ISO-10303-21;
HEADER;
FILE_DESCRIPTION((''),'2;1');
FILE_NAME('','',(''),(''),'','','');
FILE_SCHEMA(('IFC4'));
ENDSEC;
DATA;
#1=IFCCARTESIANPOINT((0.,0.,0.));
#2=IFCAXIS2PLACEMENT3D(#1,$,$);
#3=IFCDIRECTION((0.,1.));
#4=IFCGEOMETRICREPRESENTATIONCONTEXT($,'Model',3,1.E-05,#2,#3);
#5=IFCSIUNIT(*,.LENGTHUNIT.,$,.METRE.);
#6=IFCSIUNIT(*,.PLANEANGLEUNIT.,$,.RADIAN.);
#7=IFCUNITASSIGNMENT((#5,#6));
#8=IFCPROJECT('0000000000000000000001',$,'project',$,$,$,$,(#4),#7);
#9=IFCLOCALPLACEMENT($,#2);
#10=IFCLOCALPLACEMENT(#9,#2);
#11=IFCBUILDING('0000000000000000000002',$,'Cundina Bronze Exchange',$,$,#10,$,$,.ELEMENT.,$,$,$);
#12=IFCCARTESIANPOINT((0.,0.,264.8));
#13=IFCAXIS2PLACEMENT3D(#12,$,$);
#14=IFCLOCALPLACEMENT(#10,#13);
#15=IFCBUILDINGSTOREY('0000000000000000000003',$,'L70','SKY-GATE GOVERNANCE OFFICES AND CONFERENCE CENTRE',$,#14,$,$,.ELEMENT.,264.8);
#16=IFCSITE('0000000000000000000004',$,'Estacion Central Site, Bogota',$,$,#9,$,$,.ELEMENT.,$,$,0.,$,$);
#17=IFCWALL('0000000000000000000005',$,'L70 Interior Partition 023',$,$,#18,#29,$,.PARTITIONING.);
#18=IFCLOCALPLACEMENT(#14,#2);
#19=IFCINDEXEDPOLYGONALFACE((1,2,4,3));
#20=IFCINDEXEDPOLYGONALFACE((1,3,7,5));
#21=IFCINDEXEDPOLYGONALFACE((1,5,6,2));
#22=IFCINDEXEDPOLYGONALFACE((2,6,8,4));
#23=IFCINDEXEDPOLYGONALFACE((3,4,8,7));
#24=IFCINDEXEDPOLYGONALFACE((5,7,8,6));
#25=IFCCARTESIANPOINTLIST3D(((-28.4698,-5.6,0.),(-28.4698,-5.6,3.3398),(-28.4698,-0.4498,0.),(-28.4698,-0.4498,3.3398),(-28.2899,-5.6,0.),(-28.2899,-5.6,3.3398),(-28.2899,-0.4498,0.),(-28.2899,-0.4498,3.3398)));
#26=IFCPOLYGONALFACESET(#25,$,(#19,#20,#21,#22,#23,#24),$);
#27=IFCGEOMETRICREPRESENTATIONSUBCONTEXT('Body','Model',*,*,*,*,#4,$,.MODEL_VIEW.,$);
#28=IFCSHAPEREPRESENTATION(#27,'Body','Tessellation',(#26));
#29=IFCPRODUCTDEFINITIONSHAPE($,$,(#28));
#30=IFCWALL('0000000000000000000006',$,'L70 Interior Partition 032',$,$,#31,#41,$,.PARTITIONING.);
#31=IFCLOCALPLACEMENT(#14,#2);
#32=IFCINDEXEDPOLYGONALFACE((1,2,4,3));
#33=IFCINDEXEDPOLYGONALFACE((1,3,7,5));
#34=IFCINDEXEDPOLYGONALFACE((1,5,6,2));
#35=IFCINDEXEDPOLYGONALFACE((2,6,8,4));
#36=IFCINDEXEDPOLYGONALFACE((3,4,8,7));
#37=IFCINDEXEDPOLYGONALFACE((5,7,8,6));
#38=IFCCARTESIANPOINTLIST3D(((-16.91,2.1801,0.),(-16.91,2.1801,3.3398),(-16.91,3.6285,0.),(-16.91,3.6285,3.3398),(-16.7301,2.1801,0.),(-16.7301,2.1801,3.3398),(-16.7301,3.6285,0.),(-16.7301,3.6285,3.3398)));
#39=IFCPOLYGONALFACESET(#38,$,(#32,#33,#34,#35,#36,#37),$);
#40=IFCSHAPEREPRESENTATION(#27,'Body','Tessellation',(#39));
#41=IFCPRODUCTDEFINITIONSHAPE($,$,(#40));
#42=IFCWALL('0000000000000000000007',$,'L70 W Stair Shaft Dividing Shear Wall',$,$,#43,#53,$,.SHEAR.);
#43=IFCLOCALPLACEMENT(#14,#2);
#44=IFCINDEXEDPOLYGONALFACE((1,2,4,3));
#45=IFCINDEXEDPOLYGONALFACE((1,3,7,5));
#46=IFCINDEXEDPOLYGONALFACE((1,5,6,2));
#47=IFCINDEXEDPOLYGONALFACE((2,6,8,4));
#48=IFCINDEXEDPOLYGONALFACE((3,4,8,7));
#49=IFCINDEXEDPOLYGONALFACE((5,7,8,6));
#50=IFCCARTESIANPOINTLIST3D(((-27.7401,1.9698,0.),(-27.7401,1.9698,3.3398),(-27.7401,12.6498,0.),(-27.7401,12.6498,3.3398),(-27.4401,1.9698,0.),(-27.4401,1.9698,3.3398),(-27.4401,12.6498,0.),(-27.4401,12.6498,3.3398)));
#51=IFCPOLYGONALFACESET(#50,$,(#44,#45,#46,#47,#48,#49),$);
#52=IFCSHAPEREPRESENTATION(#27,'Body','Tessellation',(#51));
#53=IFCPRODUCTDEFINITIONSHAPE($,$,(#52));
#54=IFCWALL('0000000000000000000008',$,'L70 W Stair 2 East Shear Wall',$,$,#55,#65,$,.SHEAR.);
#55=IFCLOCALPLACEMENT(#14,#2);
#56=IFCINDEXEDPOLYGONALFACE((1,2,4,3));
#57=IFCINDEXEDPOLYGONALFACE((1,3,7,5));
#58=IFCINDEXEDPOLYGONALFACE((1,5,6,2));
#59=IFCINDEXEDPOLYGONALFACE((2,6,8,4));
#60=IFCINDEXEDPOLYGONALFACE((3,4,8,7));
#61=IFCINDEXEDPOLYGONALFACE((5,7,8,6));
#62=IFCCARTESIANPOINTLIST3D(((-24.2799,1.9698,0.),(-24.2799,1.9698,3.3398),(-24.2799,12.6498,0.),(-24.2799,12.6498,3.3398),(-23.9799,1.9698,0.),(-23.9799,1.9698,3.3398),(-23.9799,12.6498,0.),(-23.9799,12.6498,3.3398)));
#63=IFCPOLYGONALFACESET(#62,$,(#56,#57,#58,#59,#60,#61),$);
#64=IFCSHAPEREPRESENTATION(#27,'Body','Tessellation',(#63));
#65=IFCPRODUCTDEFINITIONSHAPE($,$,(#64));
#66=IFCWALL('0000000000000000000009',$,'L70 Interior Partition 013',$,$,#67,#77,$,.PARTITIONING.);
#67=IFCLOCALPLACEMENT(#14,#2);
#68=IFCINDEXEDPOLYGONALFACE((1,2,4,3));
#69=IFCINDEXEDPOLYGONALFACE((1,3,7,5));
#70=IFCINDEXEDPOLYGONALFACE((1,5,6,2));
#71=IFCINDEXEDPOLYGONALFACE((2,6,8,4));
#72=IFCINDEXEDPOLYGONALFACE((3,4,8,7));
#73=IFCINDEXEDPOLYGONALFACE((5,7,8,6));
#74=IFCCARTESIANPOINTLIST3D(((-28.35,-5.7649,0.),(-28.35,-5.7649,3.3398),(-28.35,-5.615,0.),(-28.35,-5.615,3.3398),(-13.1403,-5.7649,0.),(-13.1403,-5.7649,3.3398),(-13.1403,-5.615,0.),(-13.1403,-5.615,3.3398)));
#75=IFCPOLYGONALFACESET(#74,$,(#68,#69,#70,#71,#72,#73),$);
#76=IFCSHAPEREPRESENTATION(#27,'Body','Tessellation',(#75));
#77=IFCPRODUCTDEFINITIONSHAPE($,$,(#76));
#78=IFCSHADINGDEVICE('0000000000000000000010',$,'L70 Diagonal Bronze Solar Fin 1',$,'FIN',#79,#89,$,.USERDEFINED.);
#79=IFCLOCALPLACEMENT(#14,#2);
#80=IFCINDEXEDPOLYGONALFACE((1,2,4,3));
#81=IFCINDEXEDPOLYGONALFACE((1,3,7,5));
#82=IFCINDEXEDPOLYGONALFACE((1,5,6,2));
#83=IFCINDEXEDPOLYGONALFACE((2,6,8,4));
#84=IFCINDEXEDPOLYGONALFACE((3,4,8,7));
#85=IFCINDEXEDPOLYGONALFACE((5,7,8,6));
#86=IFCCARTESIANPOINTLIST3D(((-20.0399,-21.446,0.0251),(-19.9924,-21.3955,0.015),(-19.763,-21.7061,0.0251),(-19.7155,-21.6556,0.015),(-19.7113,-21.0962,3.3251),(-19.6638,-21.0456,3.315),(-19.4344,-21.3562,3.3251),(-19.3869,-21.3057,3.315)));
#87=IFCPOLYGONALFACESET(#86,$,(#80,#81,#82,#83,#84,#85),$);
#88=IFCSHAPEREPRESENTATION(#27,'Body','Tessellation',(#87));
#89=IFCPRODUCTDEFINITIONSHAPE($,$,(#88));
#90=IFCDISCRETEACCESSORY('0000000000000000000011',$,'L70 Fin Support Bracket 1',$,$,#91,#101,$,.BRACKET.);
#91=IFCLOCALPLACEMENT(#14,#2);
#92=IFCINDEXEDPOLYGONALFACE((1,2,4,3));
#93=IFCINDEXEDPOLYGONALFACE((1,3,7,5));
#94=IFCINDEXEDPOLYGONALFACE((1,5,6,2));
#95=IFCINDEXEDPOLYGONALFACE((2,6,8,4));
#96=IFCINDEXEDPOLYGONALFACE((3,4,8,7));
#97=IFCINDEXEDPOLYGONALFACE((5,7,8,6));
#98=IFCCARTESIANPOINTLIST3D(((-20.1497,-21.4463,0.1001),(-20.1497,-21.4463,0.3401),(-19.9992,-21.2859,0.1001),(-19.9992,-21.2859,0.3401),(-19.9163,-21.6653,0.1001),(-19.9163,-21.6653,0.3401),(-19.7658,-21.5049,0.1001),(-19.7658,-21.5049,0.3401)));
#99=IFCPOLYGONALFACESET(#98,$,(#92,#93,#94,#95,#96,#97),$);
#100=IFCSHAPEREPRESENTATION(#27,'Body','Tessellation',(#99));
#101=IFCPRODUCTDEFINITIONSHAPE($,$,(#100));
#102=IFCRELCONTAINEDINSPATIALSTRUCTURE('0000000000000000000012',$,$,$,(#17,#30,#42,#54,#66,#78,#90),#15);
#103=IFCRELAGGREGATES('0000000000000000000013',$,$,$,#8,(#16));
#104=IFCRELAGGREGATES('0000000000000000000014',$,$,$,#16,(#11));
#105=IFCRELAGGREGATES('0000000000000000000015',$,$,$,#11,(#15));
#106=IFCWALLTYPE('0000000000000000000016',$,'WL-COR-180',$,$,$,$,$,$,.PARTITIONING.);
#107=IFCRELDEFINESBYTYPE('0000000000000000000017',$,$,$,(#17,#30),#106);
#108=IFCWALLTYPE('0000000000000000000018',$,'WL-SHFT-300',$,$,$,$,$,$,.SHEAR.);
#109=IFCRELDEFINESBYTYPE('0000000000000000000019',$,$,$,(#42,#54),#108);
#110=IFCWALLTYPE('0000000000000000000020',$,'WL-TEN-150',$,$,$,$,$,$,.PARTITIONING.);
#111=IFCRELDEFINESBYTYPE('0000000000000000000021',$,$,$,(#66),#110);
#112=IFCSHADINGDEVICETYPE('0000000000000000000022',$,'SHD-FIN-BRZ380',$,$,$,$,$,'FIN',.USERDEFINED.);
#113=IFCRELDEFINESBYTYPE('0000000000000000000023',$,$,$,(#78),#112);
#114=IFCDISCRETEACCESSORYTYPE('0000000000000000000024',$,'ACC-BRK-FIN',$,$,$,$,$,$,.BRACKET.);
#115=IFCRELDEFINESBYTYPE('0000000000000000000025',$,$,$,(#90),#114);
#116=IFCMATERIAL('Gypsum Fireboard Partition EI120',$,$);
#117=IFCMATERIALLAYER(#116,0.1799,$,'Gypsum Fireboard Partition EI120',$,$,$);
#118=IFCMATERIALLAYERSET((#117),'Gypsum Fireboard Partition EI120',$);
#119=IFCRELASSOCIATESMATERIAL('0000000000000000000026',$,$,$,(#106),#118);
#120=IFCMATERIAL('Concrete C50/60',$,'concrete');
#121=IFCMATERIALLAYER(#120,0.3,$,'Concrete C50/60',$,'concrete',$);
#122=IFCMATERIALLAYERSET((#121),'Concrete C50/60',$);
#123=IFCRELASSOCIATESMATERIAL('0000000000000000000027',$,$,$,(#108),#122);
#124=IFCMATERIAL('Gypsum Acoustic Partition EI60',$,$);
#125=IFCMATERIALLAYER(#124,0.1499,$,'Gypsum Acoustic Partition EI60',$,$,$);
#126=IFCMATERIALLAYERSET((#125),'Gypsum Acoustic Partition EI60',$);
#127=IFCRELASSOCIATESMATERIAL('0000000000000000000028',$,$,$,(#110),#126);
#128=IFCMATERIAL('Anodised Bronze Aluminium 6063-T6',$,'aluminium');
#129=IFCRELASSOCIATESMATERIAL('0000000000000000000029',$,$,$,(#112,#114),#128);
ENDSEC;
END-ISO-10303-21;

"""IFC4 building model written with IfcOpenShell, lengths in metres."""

from ifc_helpers import new_model, si_unit, direction, frame, frame_2d, origin, origin_2d, place, context, subcontext, project, spatial, rectangle, extrude, material, layer, layer_set, material_profile, profile_set, type_object, element, save


model = new_model("IFC4")

# Units and contexts
model_context = context("Model", 3, precision=1e-05, world=origin(), true_north=direction((0.0, 1.0)))
body_context = subcontext(model_context, "Body", "Model", "MODEL_VIEW")
ifc_project = project(units=[si_unit("LENGTHUNIT", "METRE"), si_unit("PLANEANGLEUNIT", "RADIAN")], contexts=[model_context])

# Site, building, storey
site_placement = place(None, origin())
site = spatial("IfcSite", under=ifc_project, at=site_placement, Name="Estacion Central Site, Bogota", CompositionType="ELEMENT", RefElevation=0.0)
building_placement = place(site_placement, origin())
building = spatial("IfcBuilding", under=site, at=building_placement, Name="Cundina Bronze Exchange", CompositionType="ELEMENT")
storey_placement = place(building_placement, frame((0.0, 0.0, 264.8)))
storey = spatial("IfcBuildingStorey", under=building, at=storey_placement, Name="L70", Description="SKY-GATE GOVERNANCE OFFICES AND CONFERENCE CENTRE", CompositionType="ELEMENT", Elevation=264.8)

# Shared definitions
ifc_material_1 = material(Name="Concrete C50/60", Category="concrete")

# Shared definitions
ifc_material_2 = material(Name="Anodised Bronze Aluminium 6063-T6", Category="aluminium")

# Shared definitions
ifc_material_3 = material(Name="Gypsum Fireboard Partition EI120")
ifc_layer_1 = layer(ifc_material_3, 0.1799, Name="Gypsum Fireboard Partition EI120")
ifc_layer_set_1 = layer_set([ifc_layer_1], Name="Gypsum Fireboard Partition EI120")
wall_type_1 = type_object("IfcWallType", Name="WL-COR-180", PredefinedType="PARTITIONING", material=ifc_layer_set_1)

# Wall
wall_1_placement = place(storey_placement, frame((-28.3799, -5.6001, 0.0), z_axis=(0.0, 0.0, 1.0), x_axis=(0.0, 1.0, 0.0)))
element("IfcWall", 1, at=wall_1_placement, inside=storey, type_object=wall_type_1, Name="L70 Interior Partition 023", PredefinedType="PARTITIONING", context=body_context, shape_type="SweptSolid", body=[
    extrude(rectangle(XDim=5.1501, YDim=0.1799, at=frame_2d((2.5752, 0.0))), origin(), (0.0, 0.0, 1.0), 3.3398),
])

# Walls
wall_2_placement = place(storey_placement, frame((-16.8201, 3.6284, 0.0), z_axis=(0.0, 0.0, 1.0), x_axis=(0.0, -1.0, 0.0)))
element("IfcWall", 2, at=wall_2_placement, inside=storey, type_object=wall_type_1, Name="L70 Interior Partition 032", PredefinedType="PARTITIONING", context=body_context, shape_type="SweptSolid", body=[
    extrude(rectangle(XDim=1.4485, YDim=0.1799, at=frame_2d((0.7241, 0.0))), origin(), (0.0, 0.0, 1.0), 3.3398),
])
ifc_layer_2 = layer(ifc_material_1, 0.3, Name="Concrete C50/60", Category="concrete")
ifc_layer_set_2 = layer_set([ifc_layer_2], Name="Concrete C50/60")
wall_type_2 = type_object("IfcWallType", Name="WL-SHFT-300", PredefinedType="SHEAR", material=ifc_layer_set_2)
for number, where, z_axis, x_axis, name in (
    (3, (-27.5901, 1.97, 0.0), (0.0, 0.0, 1.0), (0.0, 1.0, 0.0), "L70 W Stair Shaft Dividing Shear Wall"),
    (4, (-24.1299, 1.97, 0.0), (0.0, 0.0, 1.0), (0.0, 1.0, 0.0), "L70 W Stair 2 East Shear Wall"),
):
    element("IfcWall", number, at=place(storey_placement, frame(where, z_axis=z_axis, x_axis=x_axis)), inside=storey, type_object=wall_type_2, Name=name, PredefinedType="SHEAR", context=body_context, shape_type="SweptSolid", body=[
        extrude(rectangle(XDim=10.6799, YDim=0.3, at=frame_2d((5.3398, 0.0))), origin(), (0.0, 0.0, 1.0), 3.3398),
    ])
ifc_material_4 = material(Name="Gypsum Acoustic Partition EI60")
ifc_layer_3 = layer(ifc_material_4, 0.1499, Name="Gypsum Acoustic Partition EI60")
ifc_layer_set_3 = layer_set([ifc_layer_3], Name="Gypsum Acoustic Partition EI60")
wall_type_3 = type_object("IfcWallType", Name="WL-TEN-150", PredefinedType="PARTITIONING", material=ifc_layer_set_3)
wall_3_placement = place(storey_placement, frame((-28.3501, -5.6899, 0.0), z_axis=(0.0, 0.0, 1.0), x_axis=(1.0, 0.0, 0.0)))
element("IfcWall", 5, at=wall_3_placement, inside=storey, type_object=wall_type_3, Name="L70 Interior Partition 013", PredefinedType="PARTITIONING", context=body_context, shape_type="SweptSolid", body=[
    extrude(rectangle(XDim=15.2097, YDim=0.1499, at=frame_2d((7.605, 0.0))), origin(), (0.0, 0.0, 1.0), 3.3398),
])

# Shading device
ifc_material_profile_1 = material_profile(ifc_material_2, rectangle(XDim=0.0701, YDim=0.3799, at=origin_2d()), Name="FIN70X380", Category="aluminium")
ifc_profile_set_1 = profile_set([ifc_material_profile_1], Name="Anodised Bronze Aluminium 6063-T6")
shading_device_type = type_object("IfcShadingDeviceType", Name="SHD-FIN-BRZ380", ElementType="FIN", PredefinedType="USERDEFINED", material=ifc_profile_set_1)
shading_device_placement = place(storey_placement, frame((-19.8777, -21.5508, 0.02), z_axis=(0.098541, 0.104911, 0.989587), x_axis=(-0.677506, -0.721297, 0.143933)))
element("IfcShadingDevice", 6, at=shading_device_placement, inside=storey, type_object=shading_device_type, Name="L70 Diagonal Bronze Solar Fin 1", ObjectType="FIN", PredefinedType="USERDEFINED", context=body_context, shape_type="SweptSolid", body=[
    extrude(rectangle(XDim=0.0701, YDim=0.3799, at=origin_2d()), origin(), (0.0, 0.0, 1.0), 3.3347),
])

# Discrete accessory
discrete_accessory_type = type_object("IfcDiscreteAccessoryType", Name="ACC-BRK-FIN", PredefinedType="BRACKET", material=ifc_material_2)
discrete_accessory_placement = place(storey_placement, frame((-19.9578, -21.4756, 0.1001), z_axis=(0.0, 0.0, 1.0), x_axis=(0.684344, 0.72916, 0.0)))
element("IfcDiscreteAccessory", 7, at=discrete_accessory_placement, inside=storey, type_object=discrete_accessory_type, Name="L70 Fin Support Bracket 1", PredefinedType="BRACKET", context=body_context, shape_type="SweptSolid", body=[
    extrude(rectangle(XDim=0.22, YDim=0.3201, at=origin_2d()), origin(), (0.0, 0.0, 1.0), 0.24),
])

save(model, "model.ifc")
